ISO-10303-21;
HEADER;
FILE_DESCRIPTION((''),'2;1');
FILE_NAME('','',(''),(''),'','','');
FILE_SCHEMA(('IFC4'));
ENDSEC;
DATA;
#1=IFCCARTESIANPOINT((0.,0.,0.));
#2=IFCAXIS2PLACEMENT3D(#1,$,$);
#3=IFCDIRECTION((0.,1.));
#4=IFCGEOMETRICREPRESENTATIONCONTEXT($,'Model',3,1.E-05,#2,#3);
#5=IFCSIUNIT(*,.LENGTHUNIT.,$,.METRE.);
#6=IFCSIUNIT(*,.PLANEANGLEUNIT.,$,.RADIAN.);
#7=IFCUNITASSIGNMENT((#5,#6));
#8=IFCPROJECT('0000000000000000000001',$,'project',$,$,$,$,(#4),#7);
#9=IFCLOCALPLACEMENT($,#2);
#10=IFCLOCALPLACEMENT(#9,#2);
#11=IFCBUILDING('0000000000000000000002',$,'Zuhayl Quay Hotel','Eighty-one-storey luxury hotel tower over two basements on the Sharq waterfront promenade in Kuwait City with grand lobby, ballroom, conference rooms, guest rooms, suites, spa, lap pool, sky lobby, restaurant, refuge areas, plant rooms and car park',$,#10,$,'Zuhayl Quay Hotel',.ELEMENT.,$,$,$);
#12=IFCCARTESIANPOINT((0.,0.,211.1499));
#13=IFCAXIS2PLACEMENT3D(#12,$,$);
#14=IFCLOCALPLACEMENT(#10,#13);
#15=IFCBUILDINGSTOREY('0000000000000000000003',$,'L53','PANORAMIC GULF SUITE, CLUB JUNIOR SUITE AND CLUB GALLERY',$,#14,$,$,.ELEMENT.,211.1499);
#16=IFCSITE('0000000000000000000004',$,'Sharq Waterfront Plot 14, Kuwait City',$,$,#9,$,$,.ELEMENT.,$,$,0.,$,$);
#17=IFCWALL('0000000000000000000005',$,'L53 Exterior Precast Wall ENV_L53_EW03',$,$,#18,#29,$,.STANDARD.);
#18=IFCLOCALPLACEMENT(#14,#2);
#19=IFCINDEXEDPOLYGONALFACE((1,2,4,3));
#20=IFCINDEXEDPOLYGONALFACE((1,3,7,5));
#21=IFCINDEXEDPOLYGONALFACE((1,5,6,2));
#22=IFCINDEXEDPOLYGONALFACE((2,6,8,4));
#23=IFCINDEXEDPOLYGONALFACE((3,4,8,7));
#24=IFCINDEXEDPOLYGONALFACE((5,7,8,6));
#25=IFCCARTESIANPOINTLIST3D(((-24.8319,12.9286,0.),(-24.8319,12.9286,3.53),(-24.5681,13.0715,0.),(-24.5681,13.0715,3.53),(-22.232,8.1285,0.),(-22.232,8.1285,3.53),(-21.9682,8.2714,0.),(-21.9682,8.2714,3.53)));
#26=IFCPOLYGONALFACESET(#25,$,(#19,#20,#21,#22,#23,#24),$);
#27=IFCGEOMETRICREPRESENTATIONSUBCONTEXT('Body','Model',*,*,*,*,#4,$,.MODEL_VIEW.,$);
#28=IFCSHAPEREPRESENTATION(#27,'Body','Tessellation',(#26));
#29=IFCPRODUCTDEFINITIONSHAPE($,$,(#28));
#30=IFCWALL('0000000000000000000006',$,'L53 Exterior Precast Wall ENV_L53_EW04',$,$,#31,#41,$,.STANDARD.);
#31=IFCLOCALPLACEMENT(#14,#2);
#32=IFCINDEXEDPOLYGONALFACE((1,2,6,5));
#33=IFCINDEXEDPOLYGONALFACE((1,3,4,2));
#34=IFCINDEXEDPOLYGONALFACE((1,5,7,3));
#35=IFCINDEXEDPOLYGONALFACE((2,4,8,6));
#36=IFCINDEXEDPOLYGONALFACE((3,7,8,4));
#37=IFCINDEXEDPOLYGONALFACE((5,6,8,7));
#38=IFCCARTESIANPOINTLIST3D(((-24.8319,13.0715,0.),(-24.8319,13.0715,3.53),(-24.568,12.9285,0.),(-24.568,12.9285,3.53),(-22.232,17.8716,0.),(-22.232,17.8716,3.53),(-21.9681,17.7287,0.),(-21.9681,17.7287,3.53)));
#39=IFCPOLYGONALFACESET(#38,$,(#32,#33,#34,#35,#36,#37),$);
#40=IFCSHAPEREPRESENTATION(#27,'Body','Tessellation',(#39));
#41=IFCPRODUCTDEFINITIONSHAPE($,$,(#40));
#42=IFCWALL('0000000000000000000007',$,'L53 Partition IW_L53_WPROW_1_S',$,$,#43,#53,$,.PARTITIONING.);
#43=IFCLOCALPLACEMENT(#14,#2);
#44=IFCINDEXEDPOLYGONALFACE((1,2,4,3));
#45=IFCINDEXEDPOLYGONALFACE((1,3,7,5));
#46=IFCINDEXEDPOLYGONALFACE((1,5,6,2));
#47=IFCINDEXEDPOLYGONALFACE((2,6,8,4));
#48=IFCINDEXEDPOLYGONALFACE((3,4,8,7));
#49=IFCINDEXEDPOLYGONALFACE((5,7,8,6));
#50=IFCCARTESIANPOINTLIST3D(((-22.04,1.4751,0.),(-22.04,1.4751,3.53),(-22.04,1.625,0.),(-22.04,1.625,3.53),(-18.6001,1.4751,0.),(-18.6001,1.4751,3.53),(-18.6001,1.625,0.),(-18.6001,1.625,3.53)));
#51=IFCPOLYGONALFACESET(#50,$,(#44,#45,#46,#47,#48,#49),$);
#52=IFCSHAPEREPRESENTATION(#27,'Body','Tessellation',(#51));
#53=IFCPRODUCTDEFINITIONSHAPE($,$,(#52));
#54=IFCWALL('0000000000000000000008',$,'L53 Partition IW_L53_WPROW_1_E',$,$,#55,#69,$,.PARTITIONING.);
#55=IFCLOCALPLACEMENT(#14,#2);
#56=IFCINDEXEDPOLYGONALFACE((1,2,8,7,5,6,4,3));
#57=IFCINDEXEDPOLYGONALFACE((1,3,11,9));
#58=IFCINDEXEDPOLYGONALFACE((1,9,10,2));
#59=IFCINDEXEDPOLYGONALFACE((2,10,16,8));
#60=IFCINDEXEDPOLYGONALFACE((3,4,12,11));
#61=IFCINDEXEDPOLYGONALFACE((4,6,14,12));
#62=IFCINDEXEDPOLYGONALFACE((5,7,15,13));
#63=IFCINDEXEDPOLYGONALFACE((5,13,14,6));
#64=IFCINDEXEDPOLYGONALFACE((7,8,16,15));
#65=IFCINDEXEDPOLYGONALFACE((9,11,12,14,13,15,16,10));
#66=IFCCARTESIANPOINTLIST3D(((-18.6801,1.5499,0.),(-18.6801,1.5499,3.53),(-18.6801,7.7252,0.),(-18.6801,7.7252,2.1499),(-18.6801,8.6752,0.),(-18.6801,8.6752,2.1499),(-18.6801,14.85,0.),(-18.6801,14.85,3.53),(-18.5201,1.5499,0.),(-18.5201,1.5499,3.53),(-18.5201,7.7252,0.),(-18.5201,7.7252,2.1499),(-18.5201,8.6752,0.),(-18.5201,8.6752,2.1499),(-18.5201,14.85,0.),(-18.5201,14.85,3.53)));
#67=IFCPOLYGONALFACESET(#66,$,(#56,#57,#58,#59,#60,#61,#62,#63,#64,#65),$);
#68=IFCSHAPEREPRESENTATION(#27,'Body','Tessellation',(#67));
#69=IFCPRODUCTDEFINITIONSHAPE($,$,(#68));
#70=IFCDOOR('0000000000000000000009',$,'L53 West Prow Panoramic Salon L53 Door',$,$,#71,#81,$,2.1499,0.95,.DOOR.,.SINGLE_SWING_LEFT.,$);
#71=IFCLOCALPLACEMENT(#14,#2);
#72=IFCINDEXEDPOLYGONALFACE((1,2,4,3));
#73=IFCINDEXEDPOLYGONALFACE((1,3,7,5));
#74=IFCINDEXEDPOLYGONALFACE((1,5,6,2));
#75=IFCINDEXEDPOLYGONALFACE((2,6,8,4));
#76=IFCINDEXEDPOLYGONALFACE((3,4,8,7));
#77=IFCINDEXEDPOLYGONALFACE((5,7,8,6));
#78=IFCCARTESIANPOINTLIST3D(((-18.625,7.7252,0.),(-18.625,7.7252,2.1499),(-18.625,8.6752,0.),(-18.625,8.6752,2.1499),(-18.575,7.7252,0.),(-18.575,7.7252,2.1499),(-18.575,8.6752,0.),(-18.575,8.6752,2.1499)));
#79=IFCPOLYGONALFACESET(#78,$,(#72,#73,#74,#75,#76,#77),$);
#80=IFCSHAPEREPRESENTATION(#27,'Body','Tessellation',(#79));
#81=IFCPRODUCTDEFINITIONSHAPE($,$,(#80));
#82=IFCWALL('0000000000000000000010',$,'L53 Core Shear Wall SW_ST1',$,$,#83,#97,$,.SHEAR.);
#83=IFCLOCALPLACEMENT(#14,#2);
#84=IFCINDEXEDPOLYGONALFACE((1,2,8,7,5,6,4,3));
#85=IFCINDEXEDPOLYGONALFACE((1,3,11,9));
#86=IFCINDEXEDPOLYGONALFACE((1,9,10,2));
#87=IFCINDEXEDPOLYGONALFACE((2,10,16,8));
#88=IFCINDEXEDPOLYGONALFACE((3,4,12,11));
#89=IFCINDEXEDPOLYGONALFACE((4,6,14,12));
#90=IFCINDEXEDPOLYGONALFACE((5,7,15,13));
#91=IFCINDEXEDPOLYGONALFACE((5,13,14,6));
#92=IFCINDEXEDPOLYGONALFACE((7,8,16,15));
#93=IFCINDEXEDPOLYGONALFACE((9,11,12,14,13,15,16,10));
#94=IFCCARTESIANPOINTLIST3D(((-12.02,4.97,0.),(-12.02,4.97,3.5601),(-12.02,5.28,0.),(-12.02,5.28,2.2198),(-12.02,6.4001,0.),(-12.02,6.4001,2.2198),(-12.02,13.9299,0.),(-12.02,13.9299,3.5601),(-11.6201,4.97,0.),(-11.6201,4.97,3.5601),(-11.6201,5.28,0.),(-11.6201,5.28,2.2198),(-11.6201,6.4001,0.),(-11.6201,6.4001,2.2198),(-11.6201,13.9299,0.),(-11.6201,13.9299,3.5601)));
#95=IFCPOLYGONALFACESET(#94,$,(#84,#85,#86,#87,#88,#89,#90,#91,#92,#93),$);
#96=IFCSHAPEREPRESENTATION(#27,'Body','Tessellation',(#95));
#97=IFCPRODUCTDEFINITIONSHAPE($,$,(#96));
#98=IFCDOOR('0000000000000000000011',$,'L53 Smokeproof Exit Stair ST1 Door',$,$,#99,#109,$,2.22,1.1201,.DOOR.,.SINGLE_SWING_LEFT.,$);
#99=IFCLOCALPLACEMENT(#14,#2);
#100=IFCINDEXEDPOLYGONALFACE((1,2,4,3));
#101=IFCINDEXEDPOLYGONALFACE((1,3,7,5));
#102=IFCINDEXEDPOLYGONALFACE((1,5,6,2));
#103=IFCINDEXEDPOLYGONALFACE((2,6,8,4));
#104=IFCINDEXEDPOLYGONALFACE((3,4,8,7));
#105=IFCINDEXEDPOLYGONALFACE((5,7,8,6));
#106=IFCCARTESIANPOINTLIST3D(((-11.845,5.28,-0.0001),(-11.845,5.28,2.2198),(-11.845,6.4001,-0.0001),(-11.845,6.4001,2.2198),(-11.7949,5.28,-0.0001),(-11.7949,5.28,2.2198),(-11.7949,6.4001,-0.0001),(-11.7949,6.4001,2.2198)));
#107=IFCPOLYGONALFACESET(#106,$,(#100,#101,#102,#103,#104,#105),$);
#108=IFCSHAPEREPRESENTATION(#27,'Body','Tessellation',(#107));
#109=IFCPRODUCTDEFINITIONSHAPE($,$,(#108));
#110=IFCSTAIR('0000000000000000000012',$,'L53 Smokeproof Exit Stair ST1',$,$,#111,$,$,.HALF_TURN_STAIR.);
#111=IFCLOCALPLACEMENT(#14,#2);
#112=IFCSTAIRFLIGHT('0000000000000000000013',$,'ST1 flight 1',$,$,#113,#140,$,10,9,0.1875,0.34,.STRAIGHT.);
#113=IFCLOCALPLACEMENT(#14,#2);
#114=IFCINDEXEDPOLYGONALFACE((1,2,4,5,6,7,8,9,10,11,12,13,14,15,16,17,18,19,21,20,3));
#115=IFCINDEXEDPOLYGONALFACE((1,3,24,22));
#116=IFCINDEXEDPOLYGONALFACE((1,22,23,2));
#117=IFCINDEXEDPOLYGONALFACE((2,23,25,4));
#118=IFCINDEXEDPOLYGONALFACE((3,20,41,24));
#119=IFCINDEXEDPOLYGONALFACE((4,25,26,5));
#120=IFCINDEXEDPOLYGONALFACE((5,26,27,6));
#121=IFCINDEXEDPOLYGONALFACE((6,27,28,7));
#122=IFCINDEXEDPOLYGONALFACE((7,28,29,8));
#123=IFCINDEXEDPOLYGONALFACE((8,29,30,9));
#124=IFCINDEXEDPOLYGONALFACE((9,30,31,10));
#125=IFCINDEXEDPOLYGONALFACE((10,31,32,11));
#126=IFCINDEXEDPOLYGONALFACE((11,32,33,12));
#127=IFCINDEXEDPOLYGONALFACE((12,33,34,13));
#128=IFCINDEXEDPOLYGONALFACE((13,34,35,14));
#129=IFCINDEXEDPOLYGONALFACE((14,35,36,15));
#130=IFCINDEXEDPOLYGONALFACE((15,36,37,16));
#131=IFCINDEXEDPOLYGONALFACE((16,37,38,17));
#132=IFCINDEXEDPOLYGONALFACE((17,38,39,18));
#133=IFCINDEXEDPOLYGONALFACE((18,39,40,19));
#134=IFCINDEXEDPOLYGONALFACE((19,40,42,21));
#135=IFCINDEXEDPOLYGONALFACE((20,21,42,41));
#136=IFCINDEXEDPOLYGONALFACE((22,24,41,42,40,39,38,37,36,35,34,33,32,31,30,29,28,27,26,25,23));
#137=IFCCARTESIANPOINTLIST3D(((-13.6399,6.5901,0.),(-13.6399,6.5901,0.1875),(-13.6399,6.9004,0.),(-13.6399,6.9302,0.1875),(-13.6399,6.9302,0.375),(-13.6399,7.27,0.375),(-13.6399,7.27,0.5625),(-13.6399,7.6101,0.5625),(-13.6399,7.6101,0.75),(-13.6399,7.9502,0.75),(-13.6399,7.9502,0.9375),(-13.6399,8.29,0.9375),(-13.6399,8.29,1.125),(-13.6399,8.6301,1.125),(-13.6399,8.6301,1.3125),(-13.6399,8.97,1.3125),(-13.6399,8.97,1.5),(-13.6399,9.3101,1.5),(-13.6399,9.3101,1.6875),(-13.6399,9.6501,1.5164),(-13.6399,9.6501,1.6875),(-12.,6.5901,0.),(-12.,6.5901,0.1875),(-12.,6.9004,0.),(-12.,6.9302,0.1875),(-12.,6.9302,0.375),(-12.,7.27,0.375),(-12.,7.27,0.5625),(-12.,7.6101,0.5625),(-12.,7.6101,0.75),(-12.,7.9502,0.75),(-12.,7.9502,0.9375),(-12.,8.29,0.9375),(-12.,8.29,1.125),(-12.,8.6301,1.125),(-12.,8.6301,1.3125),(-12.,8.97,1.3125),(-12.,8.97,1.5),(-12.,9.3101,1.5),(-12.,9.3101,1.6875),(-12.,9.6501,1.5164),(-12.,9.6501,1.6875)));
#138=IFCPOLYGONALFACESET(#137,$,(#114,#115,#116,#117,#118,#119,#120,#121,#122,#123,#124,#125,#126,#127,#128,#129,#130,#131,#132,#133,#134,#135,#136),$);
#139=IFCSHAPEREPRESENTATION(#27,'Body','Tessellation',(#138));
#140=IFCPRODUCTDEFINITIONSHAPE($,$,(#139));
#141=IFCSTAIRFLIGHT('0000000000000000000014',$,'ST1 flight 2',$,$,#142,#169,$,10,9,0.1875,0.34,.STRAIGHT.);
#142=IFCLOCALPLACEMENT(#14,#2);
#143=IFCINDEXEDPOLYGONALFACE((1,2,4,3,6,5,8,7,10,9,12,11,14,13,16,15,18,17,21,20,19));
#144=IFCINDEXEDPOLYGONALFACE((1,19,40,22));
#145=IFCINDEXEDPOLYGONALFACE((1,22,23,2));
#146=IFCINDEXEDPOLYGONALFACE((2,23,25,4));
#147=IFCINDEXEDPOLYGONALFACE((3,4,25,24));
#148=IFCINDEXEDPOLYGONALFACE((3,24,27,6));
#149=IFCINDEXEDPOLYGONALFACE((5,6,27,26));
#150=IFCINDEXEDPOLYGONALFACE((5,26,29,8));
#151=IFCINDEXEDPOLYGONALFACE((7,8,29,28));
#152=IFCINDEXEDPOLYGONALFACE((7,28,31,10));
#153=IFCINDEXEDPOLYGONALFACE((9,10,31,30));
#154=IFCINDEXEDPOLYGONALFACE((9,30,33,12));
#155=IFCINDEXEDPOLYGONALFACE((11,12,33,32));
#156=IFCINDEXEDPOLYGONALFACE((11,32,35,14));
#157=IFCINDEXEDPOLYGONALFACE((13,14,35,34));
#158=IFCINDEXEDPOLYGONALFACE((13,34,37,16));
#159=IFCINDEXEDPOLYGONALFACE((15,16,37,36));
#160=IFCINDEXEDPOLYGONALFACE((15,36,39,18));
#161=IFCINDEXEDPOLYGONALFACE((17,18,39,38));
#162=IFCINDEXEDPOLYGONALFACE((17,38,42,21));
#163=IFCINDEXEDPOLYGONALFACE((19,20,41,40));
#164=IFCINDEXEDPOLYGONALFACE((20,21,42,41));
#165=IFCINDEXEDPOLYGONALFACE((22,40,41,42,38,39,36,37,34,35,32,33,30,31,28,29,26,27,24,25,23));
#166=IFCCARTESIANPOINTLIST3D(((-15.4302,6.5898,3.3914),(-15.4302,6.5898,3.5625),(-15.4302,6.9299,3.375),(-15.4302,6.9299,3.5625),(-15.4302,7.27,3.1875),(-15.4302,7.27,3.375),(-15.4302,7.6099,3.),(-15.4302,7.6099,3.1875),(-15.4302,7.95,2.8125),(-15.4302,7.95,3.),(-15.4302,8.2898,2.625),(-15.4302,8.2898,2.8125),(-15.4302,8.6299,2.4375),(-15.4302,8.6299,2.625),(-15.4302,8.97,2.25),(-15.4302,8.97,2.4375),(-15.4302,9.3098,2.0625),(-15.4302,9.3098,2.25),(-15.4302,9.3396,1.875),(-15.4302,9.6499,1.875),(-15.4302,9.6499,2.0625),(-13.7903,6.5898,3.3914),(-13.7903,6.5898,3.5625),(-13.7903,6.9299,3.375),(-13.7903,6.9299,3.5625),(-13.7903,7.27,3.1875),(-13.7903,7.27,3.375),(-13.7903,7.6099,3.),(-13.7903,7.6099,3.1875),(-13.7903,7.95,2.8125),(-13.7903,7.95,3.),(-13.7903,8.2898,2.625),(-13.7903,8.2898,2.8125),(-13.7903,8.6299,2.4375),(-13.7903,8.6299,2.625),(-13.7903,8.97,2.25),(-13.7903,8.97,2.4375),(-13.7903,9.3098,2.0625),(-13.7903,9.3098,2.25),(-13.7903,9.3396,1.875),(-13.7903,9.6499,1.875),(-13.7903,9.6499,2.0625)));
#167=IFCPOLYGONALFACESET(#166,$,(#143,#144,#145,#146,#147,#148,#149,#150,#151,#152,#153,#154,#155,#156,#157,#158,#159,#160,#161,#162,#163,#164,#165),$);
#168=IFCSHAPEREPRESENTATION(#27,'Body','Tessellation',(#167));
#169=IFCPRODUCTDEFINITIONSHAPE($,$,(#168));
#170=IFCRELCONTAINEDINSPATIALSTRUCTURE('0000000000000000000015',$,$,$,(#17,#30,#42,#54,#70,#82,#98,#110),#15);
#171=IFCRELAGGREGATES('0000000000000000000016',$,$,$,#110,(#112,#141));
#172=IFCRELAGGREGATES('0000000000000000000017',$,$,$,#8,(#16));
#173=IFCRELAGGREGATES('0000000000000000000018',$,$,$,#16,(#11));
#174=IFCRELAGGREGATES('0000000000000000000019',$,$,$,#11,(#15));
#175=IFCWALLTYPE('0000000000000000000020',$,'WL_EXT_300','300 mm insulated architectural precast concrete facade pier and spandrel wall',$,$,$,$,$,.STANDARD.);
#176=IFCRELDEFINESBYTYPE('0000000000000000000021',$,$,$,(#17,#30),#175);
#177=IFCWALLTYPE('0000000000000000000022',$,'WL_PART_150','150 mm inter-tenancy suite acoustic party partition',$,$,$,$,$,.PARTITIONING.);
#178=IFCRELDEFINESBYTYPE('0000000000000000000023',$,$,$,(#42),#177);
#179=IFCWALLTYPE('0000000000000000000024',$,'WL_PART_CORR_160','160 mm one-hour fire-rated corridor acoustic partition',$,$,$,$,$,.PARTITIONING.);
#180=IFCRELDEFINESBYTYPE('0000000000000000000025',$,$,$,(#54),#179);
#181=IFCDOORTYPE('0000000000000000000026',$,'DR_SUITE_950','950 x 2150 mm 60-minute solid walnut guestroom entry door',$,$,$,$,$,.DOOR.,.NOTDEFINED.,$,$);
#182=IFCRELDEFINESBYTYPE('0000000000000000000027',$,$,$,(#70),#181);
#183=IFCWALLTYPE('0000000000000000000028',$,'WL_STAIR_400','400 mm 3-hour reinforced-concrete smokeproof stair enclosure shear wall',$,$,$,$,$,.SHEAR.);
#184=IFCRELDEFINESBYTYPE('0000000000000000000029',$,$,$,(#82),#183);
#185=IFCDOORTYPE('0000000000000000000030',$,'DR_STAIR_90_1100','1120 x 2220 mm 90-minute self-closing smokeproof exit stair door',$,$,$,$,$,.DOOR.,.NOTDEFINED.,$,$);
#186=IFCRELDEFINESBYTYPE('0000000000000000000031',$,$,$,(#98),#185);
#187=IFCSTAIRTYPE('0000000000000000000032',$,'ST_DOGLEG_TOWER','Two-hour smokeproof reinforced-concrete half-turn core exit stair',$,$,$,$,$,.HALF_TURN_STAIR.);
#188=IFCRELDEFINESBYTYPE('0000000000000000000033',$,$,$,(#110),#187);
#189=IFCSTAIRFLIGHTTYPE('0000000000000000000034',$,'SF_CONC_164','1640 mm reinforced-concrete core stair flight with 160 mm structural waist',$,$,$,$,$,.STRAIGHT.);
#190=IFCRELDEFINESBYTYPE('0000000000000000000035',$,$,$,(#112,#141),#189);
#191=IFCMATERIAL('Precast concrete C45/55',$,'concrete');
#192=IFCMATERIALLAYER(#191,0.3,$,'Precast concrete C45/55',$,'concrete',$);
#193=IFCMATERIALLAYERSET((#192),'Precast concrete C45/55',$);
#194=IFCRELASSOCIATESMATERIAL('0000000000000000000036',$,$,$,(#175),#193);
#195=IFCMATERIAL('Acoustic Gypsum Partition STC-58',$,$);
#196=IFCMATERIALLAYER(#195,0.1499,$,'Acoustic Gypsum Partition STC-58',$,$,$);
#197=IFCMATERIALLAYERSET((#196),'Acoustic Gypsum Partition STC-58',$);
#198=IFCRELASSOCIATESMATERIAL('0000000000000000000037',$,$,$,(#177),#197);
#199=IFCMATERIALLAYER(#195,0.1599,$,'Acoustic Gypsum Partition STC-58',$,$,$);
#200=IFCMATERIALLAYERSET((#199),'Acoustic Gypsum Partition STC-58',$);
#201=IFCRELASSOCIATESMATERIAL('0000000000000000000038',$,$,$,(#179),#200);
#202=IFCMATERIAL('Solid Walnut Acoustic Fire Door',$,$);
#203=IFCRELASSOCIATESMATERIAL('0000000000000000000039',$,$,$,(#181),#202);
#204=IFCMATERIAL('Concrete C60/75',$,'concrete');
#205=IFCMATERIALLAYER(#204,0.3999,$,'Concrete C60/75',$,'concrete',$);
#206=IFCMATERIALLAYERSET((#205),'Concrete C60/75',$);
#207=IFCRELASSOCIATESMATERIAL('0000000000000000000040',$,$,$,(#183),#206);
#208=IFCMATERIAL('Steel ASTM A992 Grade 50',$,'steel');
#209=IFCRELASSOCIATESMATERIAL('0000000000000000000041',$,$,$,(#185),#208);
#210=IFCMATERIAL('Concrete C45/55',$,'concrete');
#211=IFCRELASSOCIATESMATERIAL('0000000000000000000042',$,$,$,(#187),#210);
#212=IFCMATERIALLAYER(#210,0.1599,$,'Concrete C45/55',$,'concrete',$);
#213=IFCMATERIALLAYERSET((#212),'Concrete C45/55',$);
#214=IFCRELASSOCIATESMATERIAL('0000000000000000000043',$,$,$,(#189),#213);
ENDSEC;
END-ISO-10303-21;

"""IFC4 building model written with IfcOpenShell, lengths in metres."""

from ifc_helpers import new_model, si_unit, direction, frame, frame_2d, origin, place, context, subcontext, project, spatial, polyline, rectangle, outline, extrude, material, layer, layer_set, type_object, element, fill, aggregate, save


model = new_model("IFC4")

# Units and contexts
model_context = context("Model", 3, precision=1e-05, world=origin(), true_north=direction((0.0, 1.0)))
body_context = subcontext(model_context, "Body", "Model", "MODEL_VIEW")
ifc_project = project(units=[si_unit("LENGTHUNIT", "METRE"), si_unit("PLANEANGLEUNIT", "RADIAN")], contexts=[model_context])

# Site, building, storey
site_placement = place(None, origin())
site = spatial("IfcSite", under=ifc_project, at=site_placement, Name="Sharq Waterfront Plot 14, Kuwait City", CompositionType="ELEMENT", RefElevation=0.0)
building_placement = place(site_placement, origin())
building = spatial("IfcBuilding", under=site, at=building_placement, Name="Zuhayl Quay Hotel", Description="Eighty-one-storey luxury hotel tower over two basements on the Sharq waterfront promenade in Kuwait City with grand lobby, ballroom, conference rooms, guest rooms, suites, spa, lap pool, sky lobby, restaurant, refuge areas, plant rooms and car park", LongName="Zuhayl Quay Hotel", CompositionType="ELEMENT")
storey_placement = place(building_placement, frame((0.0, 0.0, 211.1499)))
storey = spatial("IfcBuildingStorey", under=building, at=storey_placement, Name="L53", Description="PANORAMIC GULF SUITE, CLUB JUNIOR SUITE AND CLUB GALLERY", CompositionType="ELEMENT", Elevation=211.1499)

# Shared definitions
ifc_material_1 = material(Name="Concrete C60/75", Category="concrete")

# Shared definitions
ifc_material_2 = material(Name="Steel ASTM A992 Grade 50", Category="steel")

# Walls
ifc_material_3 = material(Name="Precast concrete C45/55", Category="concrete")
ifc_layer_1 = layer(ifc_material_3, 0.3, Name="Precast concrete C45/55", Category="concrete")
ifc_layer_set_1 = layer_set([ifc_layer_1], Name="Precast concrete C45/55")
wall_type_1 = type_object("IfcWallType", Name="WL_EXT_300", Description="300 mm insulated architectural precast concrete facade pier and spandrel wall", PredefinedType="STANDARD", material=ifc_layer_set_1)
for number, where, z_axis, x_axis, name in (
    (1, (-22.1001, 8.2, 0.0), (0.0, 0.0, 1.0), (-0.476259, 0.879305, 0.0), "L53 Exterior Precast Wall ENV_L53_EW03"),
    (2, (-24.7, 13.0, 0.0), (0.0, 0.0, 1.0), (0.476259, 0.879305, 0.0), "L53 Exterior Precast Wall ENV_L53_EW04"),
):
    element("IfcWall", number, at=place(storey_placement, frame(where, z_axis=z_axis, x_axis=x_axis)), inside=storey, type_object=wall_type_1, Name=name, PredefinedType="STANDARD", context=body_context, shape_type="SweptSolid", body=[
        extrude(rectangle(XDim=5.459, YDim=0.3, at=frame_2d((2.7295, 0.0))), origin(), (0.0, 0.0, 1.0), 3.53),
    ])
ifc_material_4 = material(Name="Acoustic Gypsum Partition STC-58")
ifc_layer_2 = layer(ifc_material_4, 0.1499, Name="Acoustic Gypsum Partition STC-58")
ifc_layer_set_2 = layer_set([ifc_layer_2], Name="Acoustic Gypsum Partition STC-58")
wall_type_2 = type_object("IfcWallType", Name="WL_PART_150", Description="150 mm inter-tenancy suite acoustic party partition", PredefinedType="PARTITIONING", material=ifc_layer_set_2)
wall_1_placement = place(storey_placement, frame((-22.04, 1.55, 0.0), z_axis=(0.0, 0.0, 1.0), x_axis=(1.0, 0.0, 0.0)))
element("IfcWall", 3, at=wall_1_placement, inside=storey, type_object=wall_type_2, Name="L53 Partition IW_L53_WPROW_1_S", PredefinedType="PARTITIONING", context=body_context, shape_type="SweptSolid", body=[
    extrude(rectangle(XDim=3.4399, YDim=0.1499, at=frame_2d((1.72, 0.0))), origin(), (0.0, 0.0, 1.0), 3.53),
])

# Walls, openings, doors
ifc_layer_3 = layer(ifc_material_4, 0.1599, Name="Acoustic Gypsum Partition STC-58")
ifc_layer_set_3 = layer_set([ifc_layer_3], Name="Acoustic Gypsum Partition STC-58")
wall_type_3 = type_object("IfcWallType", Name="WL_PART_CORR_160", Description="160 mm one-hour fire-rated corridor acoustic partition", PredefinedType="PARTITIONING", material=ifc_layer_set_3)
wall_2_placement = place(storey_placement, frame((-18.6001, 1.55, 0.0), z_axis=(0.0, 0.0, 1.0), x_axis=(0.0, 1.0, 0.0)))
wall_2 = element("IfcWall", 4, at=wall_2_placement, inside=storey, type_object=wall_type_3, Name="L53 Partition IW_L53_WPROW_1_E", PredefinedType="PARTITIONING", context=body_context, shape_type="SweptSolid", body=[
    extrude(rectangle(XDim=13.3, YDim=0.1599, at=frame_2d((6.6499, 0.0))), origin(), (0.0, 0.0, 1.0), 3.53),
])
opening_1_placement = place(wall_2_placement, frame((6.175, 0.0, 0.0)))
opening_1 = element("IfcOpeningElement", 5, at=opening_1_placement, cuts=wall_2, PredefinedType="OPENING", context=body_context, shape_type="SweptSolid", body=[
    extrude(rectangle(XDim=0.95, YDim=2.1499, at=frame_2d((0.4751, 1.075))), frame((0.0, 0.0898, 0.0), z_axis=(0.0, -1.0, 0.0), x_axis=(1.0, 0.0, 0.0)), (0.0, 0.0, 1.0), 0.1799),
])
ifc_material_5 = material(Name="Solid Walnut Acoustic Fire Door")
door_type_1 = type_object("IfcDoorType", Name="DR_SUITE_950", Description="950 x 2150 mm 60-minute solid walnut guestroom entry door", OperationType="NOTDEFINED", PredefinedType="DOOR", material=ifc_material_5)
door_1_placement = place(opening_1_placement, origin())
door_1 = element("IfcDoor", 6, at=door_1_placement, inside=storey, type_object=door_type_1, Name="L53 West Prow Panoramic Salon L53 Door", OperationType="SINGLE_SWING_LEFT", OverallHeight=2.1499, OverallWidth=0.95, PredefinedType="DOOR", context=body_context, shape_type="SweptSolid", body=[
    extrude(rectangle(XDim=0.95, YDim=2.1499, at=frame_2d((0.4751, 1.075))), frame((0.0, 0.0249, 0.0), z_axis=(0.0, -1.0, 0.0), x_axis=(1.0, 0.0, 0.0)), (0.0, 0.0, 1.0), 0.05),
])
fill(opening_1, door_1)
ifc_layer_4 = layer(ifc_material_1, 0.3999, Name="Concrete C60/75", Category="concrete")
ifc_layer_set_4 = layer_set([ifc_layer_4], Name="Concrete C60/75")
wall_type_4 = type_object("IfcWallType", Name="WL_STAIR_400", Description="400 mm 3-hour reinforced-concrete smokeproof stair enclosure shear wall", PredefinedType="SHEAR", material=ifc_layer_set_4)
wall_3_placement = place(storey_placement, frame((-11.8201, 4.97, 0.0), z_axis=(0.0, 0.0, 1.0), x_axis=(0.0, 1.0, 0.0)))
wall_3 = element("IfcWall", 7, at=wall_3_placement, inside=storey, type_object=wall_type_4, Name="L53 Core Shear Wall SW_ST1", PredefinedType="SHEAR", context=body_context, shape_type="SweptSolid", body=[
    extrude(rectangle(XDim=8.96, YDim=0.3999, at=frame_2d((4.48, 0.0))), origin(), (0.0, 0.0, 1.0), 3.5601),
])
opening_2_placement = place(wall_3_placement, frame((0.3101, 0.0, 0.0)))
opening_2 = element("IfcOpeningElement", 8, at=opening_2_placement, cuts=wall_3, PredefinedType="OPENING", context=body_context, shape_type="SweptSolid", body=[
    extrude(rectangle(XDim=1.1201, YDim=2.22, at=frame_2d((0.5601, 1.1099))), frame((0.0, 0.21, 0.0), z_axis=(0.0, -1.0, 0.0), x_axis=(1.0, 0.0, 0.0)), (0.0, 0.0, 1.0), 0.4199),
])
door_type_2 = type_object("IfcDoorType", Name="DR_STAIR_90_1100", Description="1120 x 2220 mm 90-minute self-closing smokeproof exit stair door", OperationType="NOTDEFINED", PredefinedType="DOOR", material=ifc_material_2)
door_2_placement = place(opening_2_placement, origin())
door_2 = element("IfcDoor", 9, at=door_2_placement, inside=storey, type_object=door_type_2, Name="L53 Smokeproof Exit Stair ST1 Door", OperationType="SINGLE_SWING_LEFT", OverallHeight=2.22, OverallWidth=1.1201, PredefinedType="DOOR", context=body_context, shape_type="SweptSolid", body=[
    extrude(rectangle(XDim=1.1201, YDim=2.22, at=frame_2d((0.5601, 1.1099))), frame((0.0, 0.0249, 0.0), z_axis=(0.0, -1.0, 0.0), x_axis=(1.0, 0.0, 0.0)), (0.0, 0.0, 1.0), 0.05),
])
fill(opening_2, door_2)

# Stair, stair flights
ifc_material_6 = material(Name="Concrete C45/55", Category="concrete")
stair_type = type_object("IfcStairType", Name="ST_DOGLEG_TOWER", Description="Two-hour smokeproof reinforced-concrete half-turn core exit stair", PredefinedType="HALF_TURN_STAIR", material=ifc_material_6)
stair_placement = place(storey_placement, origin())
stair = element("IfcStair", 10, at=stair_placement, inside=storey, type_object=stair_type, Name="L53 Smokeproof Exit Stair ST1", PredefinedType="HALF_TURN_STAIR")
ifc_layer_5 = layer(ifc_material_6, 0.1599, Name="Concrete C45/55", Category="concrete")
ifc_layer_set_5 = layer_set([ifc_layer_5], Name="Concrete C45/55")
stair_flight_type = type_object("IfcStairFlightType", Name="SF_CONC_164", Description="1640 mm reinforced-concrete core stair flight with 160 mm structural waist", PredefinedType="STRAIGHT", material=ifc_layer_set_5)
stair_flight_1_placement = place(storey_placement, frame((-12.8201, 6.5901, 0.0), z_axis=(0.0, 0.0, 1.0), x_axis=(0.0, 1.0, 0.0)))
stair_flight_1 = element("IfcStairFlight", 11, at=stair_flight_1_placement, type_object=stair_flight_type, Name="ST1 flight 1", NumberOfRisers=10, NumberOfTreads=9, PredefinedType="STRAIGHT", RiserHeight=0.1875, TreadLength=0.34, context=body_context, shape_type="SweptSolid", body=[
    extrude(outline(polyline([(0.0, 0.0), (0.0, 0.1875), (0.3401, 0.1875), (0.3401, 0.375), (0.6799, 0.375), (0.6799, 0.5625), (1.02, 0.5625), (1.02, 0.75), (1.3601, 0.75), (1.3601, 0.9375), (1.7, 0.9375), (1.7, 1.125), (2.04, 1.125), (2.04, 1.3125), (2.3799, 1.3125), (2.3799, 1.5), (2.72, 1.5), (2.72, 1.6875), (3.0601, 1.6875), (3.0601, 1.875), (3.0601, 1.5164), (0.3103, 0.0), (0.0, 0.0)])), frame((0.0, 0.8198, 0.0), z_axis=(0.0, -1.0, 0.0), x_axis=(1.0, 0.0, 0.0)), (0.0, 0.0, 1.0), 1.6399),
])
stair_flight_2_placement = place(storey_placement, frame((-14.6101, 9.6499, 1.875), z_axis=(0.0, 0.0, 1.0), x_axis=(0.0, -1.0, 0.0)))
stair_flight_2 = element("IfcStairFlight", 12, at=stair_flight_2_placement, type_object=stair_flight_type, Name="ST1 flight 2", NumberOfRisers=10, NumberOfTreads=9, PredefinedType="STRAIGHT", RiserHeight=0.1875, TreadLength=0.34, context=body_context, shape_type="SweptSolid", body=[
    extrude(outline(polyline([(0.0, 0.0), (0.0, 0.1875), (0.3401, 0.1875), (0.3401, 0.375), (0.6799, 0.375), (0.6799, 0.5625), (1.02, 0.5625), (1.02, 0.75), (1.3601, 0.75), (1.3601, 0.9375), (1.7, 0.9375), (1.7, 1.125), (2.04, 1.125), (2.04, 1.3125), (2.3799, 1.3125), (2.3799, 1.5), (2.72, 1.5), (2.72, 1.6875), (3.0601, 1.6875), (3.0601, 1.875), (3.0601, 1.5164), (0.3103, 0.0), (0.0, 0.0)])), frame((0.0, 0.8198, 0.0), z_axis=(0.0, -1.0, 0.0), x_axis=(1.0, 0.0, 0.0)), (0.0, 0.0, 1.0), 1.6399),
])
aggregate(stair, [stair_flight_1, stair_flight_2])

save(model, "model.ifc")
